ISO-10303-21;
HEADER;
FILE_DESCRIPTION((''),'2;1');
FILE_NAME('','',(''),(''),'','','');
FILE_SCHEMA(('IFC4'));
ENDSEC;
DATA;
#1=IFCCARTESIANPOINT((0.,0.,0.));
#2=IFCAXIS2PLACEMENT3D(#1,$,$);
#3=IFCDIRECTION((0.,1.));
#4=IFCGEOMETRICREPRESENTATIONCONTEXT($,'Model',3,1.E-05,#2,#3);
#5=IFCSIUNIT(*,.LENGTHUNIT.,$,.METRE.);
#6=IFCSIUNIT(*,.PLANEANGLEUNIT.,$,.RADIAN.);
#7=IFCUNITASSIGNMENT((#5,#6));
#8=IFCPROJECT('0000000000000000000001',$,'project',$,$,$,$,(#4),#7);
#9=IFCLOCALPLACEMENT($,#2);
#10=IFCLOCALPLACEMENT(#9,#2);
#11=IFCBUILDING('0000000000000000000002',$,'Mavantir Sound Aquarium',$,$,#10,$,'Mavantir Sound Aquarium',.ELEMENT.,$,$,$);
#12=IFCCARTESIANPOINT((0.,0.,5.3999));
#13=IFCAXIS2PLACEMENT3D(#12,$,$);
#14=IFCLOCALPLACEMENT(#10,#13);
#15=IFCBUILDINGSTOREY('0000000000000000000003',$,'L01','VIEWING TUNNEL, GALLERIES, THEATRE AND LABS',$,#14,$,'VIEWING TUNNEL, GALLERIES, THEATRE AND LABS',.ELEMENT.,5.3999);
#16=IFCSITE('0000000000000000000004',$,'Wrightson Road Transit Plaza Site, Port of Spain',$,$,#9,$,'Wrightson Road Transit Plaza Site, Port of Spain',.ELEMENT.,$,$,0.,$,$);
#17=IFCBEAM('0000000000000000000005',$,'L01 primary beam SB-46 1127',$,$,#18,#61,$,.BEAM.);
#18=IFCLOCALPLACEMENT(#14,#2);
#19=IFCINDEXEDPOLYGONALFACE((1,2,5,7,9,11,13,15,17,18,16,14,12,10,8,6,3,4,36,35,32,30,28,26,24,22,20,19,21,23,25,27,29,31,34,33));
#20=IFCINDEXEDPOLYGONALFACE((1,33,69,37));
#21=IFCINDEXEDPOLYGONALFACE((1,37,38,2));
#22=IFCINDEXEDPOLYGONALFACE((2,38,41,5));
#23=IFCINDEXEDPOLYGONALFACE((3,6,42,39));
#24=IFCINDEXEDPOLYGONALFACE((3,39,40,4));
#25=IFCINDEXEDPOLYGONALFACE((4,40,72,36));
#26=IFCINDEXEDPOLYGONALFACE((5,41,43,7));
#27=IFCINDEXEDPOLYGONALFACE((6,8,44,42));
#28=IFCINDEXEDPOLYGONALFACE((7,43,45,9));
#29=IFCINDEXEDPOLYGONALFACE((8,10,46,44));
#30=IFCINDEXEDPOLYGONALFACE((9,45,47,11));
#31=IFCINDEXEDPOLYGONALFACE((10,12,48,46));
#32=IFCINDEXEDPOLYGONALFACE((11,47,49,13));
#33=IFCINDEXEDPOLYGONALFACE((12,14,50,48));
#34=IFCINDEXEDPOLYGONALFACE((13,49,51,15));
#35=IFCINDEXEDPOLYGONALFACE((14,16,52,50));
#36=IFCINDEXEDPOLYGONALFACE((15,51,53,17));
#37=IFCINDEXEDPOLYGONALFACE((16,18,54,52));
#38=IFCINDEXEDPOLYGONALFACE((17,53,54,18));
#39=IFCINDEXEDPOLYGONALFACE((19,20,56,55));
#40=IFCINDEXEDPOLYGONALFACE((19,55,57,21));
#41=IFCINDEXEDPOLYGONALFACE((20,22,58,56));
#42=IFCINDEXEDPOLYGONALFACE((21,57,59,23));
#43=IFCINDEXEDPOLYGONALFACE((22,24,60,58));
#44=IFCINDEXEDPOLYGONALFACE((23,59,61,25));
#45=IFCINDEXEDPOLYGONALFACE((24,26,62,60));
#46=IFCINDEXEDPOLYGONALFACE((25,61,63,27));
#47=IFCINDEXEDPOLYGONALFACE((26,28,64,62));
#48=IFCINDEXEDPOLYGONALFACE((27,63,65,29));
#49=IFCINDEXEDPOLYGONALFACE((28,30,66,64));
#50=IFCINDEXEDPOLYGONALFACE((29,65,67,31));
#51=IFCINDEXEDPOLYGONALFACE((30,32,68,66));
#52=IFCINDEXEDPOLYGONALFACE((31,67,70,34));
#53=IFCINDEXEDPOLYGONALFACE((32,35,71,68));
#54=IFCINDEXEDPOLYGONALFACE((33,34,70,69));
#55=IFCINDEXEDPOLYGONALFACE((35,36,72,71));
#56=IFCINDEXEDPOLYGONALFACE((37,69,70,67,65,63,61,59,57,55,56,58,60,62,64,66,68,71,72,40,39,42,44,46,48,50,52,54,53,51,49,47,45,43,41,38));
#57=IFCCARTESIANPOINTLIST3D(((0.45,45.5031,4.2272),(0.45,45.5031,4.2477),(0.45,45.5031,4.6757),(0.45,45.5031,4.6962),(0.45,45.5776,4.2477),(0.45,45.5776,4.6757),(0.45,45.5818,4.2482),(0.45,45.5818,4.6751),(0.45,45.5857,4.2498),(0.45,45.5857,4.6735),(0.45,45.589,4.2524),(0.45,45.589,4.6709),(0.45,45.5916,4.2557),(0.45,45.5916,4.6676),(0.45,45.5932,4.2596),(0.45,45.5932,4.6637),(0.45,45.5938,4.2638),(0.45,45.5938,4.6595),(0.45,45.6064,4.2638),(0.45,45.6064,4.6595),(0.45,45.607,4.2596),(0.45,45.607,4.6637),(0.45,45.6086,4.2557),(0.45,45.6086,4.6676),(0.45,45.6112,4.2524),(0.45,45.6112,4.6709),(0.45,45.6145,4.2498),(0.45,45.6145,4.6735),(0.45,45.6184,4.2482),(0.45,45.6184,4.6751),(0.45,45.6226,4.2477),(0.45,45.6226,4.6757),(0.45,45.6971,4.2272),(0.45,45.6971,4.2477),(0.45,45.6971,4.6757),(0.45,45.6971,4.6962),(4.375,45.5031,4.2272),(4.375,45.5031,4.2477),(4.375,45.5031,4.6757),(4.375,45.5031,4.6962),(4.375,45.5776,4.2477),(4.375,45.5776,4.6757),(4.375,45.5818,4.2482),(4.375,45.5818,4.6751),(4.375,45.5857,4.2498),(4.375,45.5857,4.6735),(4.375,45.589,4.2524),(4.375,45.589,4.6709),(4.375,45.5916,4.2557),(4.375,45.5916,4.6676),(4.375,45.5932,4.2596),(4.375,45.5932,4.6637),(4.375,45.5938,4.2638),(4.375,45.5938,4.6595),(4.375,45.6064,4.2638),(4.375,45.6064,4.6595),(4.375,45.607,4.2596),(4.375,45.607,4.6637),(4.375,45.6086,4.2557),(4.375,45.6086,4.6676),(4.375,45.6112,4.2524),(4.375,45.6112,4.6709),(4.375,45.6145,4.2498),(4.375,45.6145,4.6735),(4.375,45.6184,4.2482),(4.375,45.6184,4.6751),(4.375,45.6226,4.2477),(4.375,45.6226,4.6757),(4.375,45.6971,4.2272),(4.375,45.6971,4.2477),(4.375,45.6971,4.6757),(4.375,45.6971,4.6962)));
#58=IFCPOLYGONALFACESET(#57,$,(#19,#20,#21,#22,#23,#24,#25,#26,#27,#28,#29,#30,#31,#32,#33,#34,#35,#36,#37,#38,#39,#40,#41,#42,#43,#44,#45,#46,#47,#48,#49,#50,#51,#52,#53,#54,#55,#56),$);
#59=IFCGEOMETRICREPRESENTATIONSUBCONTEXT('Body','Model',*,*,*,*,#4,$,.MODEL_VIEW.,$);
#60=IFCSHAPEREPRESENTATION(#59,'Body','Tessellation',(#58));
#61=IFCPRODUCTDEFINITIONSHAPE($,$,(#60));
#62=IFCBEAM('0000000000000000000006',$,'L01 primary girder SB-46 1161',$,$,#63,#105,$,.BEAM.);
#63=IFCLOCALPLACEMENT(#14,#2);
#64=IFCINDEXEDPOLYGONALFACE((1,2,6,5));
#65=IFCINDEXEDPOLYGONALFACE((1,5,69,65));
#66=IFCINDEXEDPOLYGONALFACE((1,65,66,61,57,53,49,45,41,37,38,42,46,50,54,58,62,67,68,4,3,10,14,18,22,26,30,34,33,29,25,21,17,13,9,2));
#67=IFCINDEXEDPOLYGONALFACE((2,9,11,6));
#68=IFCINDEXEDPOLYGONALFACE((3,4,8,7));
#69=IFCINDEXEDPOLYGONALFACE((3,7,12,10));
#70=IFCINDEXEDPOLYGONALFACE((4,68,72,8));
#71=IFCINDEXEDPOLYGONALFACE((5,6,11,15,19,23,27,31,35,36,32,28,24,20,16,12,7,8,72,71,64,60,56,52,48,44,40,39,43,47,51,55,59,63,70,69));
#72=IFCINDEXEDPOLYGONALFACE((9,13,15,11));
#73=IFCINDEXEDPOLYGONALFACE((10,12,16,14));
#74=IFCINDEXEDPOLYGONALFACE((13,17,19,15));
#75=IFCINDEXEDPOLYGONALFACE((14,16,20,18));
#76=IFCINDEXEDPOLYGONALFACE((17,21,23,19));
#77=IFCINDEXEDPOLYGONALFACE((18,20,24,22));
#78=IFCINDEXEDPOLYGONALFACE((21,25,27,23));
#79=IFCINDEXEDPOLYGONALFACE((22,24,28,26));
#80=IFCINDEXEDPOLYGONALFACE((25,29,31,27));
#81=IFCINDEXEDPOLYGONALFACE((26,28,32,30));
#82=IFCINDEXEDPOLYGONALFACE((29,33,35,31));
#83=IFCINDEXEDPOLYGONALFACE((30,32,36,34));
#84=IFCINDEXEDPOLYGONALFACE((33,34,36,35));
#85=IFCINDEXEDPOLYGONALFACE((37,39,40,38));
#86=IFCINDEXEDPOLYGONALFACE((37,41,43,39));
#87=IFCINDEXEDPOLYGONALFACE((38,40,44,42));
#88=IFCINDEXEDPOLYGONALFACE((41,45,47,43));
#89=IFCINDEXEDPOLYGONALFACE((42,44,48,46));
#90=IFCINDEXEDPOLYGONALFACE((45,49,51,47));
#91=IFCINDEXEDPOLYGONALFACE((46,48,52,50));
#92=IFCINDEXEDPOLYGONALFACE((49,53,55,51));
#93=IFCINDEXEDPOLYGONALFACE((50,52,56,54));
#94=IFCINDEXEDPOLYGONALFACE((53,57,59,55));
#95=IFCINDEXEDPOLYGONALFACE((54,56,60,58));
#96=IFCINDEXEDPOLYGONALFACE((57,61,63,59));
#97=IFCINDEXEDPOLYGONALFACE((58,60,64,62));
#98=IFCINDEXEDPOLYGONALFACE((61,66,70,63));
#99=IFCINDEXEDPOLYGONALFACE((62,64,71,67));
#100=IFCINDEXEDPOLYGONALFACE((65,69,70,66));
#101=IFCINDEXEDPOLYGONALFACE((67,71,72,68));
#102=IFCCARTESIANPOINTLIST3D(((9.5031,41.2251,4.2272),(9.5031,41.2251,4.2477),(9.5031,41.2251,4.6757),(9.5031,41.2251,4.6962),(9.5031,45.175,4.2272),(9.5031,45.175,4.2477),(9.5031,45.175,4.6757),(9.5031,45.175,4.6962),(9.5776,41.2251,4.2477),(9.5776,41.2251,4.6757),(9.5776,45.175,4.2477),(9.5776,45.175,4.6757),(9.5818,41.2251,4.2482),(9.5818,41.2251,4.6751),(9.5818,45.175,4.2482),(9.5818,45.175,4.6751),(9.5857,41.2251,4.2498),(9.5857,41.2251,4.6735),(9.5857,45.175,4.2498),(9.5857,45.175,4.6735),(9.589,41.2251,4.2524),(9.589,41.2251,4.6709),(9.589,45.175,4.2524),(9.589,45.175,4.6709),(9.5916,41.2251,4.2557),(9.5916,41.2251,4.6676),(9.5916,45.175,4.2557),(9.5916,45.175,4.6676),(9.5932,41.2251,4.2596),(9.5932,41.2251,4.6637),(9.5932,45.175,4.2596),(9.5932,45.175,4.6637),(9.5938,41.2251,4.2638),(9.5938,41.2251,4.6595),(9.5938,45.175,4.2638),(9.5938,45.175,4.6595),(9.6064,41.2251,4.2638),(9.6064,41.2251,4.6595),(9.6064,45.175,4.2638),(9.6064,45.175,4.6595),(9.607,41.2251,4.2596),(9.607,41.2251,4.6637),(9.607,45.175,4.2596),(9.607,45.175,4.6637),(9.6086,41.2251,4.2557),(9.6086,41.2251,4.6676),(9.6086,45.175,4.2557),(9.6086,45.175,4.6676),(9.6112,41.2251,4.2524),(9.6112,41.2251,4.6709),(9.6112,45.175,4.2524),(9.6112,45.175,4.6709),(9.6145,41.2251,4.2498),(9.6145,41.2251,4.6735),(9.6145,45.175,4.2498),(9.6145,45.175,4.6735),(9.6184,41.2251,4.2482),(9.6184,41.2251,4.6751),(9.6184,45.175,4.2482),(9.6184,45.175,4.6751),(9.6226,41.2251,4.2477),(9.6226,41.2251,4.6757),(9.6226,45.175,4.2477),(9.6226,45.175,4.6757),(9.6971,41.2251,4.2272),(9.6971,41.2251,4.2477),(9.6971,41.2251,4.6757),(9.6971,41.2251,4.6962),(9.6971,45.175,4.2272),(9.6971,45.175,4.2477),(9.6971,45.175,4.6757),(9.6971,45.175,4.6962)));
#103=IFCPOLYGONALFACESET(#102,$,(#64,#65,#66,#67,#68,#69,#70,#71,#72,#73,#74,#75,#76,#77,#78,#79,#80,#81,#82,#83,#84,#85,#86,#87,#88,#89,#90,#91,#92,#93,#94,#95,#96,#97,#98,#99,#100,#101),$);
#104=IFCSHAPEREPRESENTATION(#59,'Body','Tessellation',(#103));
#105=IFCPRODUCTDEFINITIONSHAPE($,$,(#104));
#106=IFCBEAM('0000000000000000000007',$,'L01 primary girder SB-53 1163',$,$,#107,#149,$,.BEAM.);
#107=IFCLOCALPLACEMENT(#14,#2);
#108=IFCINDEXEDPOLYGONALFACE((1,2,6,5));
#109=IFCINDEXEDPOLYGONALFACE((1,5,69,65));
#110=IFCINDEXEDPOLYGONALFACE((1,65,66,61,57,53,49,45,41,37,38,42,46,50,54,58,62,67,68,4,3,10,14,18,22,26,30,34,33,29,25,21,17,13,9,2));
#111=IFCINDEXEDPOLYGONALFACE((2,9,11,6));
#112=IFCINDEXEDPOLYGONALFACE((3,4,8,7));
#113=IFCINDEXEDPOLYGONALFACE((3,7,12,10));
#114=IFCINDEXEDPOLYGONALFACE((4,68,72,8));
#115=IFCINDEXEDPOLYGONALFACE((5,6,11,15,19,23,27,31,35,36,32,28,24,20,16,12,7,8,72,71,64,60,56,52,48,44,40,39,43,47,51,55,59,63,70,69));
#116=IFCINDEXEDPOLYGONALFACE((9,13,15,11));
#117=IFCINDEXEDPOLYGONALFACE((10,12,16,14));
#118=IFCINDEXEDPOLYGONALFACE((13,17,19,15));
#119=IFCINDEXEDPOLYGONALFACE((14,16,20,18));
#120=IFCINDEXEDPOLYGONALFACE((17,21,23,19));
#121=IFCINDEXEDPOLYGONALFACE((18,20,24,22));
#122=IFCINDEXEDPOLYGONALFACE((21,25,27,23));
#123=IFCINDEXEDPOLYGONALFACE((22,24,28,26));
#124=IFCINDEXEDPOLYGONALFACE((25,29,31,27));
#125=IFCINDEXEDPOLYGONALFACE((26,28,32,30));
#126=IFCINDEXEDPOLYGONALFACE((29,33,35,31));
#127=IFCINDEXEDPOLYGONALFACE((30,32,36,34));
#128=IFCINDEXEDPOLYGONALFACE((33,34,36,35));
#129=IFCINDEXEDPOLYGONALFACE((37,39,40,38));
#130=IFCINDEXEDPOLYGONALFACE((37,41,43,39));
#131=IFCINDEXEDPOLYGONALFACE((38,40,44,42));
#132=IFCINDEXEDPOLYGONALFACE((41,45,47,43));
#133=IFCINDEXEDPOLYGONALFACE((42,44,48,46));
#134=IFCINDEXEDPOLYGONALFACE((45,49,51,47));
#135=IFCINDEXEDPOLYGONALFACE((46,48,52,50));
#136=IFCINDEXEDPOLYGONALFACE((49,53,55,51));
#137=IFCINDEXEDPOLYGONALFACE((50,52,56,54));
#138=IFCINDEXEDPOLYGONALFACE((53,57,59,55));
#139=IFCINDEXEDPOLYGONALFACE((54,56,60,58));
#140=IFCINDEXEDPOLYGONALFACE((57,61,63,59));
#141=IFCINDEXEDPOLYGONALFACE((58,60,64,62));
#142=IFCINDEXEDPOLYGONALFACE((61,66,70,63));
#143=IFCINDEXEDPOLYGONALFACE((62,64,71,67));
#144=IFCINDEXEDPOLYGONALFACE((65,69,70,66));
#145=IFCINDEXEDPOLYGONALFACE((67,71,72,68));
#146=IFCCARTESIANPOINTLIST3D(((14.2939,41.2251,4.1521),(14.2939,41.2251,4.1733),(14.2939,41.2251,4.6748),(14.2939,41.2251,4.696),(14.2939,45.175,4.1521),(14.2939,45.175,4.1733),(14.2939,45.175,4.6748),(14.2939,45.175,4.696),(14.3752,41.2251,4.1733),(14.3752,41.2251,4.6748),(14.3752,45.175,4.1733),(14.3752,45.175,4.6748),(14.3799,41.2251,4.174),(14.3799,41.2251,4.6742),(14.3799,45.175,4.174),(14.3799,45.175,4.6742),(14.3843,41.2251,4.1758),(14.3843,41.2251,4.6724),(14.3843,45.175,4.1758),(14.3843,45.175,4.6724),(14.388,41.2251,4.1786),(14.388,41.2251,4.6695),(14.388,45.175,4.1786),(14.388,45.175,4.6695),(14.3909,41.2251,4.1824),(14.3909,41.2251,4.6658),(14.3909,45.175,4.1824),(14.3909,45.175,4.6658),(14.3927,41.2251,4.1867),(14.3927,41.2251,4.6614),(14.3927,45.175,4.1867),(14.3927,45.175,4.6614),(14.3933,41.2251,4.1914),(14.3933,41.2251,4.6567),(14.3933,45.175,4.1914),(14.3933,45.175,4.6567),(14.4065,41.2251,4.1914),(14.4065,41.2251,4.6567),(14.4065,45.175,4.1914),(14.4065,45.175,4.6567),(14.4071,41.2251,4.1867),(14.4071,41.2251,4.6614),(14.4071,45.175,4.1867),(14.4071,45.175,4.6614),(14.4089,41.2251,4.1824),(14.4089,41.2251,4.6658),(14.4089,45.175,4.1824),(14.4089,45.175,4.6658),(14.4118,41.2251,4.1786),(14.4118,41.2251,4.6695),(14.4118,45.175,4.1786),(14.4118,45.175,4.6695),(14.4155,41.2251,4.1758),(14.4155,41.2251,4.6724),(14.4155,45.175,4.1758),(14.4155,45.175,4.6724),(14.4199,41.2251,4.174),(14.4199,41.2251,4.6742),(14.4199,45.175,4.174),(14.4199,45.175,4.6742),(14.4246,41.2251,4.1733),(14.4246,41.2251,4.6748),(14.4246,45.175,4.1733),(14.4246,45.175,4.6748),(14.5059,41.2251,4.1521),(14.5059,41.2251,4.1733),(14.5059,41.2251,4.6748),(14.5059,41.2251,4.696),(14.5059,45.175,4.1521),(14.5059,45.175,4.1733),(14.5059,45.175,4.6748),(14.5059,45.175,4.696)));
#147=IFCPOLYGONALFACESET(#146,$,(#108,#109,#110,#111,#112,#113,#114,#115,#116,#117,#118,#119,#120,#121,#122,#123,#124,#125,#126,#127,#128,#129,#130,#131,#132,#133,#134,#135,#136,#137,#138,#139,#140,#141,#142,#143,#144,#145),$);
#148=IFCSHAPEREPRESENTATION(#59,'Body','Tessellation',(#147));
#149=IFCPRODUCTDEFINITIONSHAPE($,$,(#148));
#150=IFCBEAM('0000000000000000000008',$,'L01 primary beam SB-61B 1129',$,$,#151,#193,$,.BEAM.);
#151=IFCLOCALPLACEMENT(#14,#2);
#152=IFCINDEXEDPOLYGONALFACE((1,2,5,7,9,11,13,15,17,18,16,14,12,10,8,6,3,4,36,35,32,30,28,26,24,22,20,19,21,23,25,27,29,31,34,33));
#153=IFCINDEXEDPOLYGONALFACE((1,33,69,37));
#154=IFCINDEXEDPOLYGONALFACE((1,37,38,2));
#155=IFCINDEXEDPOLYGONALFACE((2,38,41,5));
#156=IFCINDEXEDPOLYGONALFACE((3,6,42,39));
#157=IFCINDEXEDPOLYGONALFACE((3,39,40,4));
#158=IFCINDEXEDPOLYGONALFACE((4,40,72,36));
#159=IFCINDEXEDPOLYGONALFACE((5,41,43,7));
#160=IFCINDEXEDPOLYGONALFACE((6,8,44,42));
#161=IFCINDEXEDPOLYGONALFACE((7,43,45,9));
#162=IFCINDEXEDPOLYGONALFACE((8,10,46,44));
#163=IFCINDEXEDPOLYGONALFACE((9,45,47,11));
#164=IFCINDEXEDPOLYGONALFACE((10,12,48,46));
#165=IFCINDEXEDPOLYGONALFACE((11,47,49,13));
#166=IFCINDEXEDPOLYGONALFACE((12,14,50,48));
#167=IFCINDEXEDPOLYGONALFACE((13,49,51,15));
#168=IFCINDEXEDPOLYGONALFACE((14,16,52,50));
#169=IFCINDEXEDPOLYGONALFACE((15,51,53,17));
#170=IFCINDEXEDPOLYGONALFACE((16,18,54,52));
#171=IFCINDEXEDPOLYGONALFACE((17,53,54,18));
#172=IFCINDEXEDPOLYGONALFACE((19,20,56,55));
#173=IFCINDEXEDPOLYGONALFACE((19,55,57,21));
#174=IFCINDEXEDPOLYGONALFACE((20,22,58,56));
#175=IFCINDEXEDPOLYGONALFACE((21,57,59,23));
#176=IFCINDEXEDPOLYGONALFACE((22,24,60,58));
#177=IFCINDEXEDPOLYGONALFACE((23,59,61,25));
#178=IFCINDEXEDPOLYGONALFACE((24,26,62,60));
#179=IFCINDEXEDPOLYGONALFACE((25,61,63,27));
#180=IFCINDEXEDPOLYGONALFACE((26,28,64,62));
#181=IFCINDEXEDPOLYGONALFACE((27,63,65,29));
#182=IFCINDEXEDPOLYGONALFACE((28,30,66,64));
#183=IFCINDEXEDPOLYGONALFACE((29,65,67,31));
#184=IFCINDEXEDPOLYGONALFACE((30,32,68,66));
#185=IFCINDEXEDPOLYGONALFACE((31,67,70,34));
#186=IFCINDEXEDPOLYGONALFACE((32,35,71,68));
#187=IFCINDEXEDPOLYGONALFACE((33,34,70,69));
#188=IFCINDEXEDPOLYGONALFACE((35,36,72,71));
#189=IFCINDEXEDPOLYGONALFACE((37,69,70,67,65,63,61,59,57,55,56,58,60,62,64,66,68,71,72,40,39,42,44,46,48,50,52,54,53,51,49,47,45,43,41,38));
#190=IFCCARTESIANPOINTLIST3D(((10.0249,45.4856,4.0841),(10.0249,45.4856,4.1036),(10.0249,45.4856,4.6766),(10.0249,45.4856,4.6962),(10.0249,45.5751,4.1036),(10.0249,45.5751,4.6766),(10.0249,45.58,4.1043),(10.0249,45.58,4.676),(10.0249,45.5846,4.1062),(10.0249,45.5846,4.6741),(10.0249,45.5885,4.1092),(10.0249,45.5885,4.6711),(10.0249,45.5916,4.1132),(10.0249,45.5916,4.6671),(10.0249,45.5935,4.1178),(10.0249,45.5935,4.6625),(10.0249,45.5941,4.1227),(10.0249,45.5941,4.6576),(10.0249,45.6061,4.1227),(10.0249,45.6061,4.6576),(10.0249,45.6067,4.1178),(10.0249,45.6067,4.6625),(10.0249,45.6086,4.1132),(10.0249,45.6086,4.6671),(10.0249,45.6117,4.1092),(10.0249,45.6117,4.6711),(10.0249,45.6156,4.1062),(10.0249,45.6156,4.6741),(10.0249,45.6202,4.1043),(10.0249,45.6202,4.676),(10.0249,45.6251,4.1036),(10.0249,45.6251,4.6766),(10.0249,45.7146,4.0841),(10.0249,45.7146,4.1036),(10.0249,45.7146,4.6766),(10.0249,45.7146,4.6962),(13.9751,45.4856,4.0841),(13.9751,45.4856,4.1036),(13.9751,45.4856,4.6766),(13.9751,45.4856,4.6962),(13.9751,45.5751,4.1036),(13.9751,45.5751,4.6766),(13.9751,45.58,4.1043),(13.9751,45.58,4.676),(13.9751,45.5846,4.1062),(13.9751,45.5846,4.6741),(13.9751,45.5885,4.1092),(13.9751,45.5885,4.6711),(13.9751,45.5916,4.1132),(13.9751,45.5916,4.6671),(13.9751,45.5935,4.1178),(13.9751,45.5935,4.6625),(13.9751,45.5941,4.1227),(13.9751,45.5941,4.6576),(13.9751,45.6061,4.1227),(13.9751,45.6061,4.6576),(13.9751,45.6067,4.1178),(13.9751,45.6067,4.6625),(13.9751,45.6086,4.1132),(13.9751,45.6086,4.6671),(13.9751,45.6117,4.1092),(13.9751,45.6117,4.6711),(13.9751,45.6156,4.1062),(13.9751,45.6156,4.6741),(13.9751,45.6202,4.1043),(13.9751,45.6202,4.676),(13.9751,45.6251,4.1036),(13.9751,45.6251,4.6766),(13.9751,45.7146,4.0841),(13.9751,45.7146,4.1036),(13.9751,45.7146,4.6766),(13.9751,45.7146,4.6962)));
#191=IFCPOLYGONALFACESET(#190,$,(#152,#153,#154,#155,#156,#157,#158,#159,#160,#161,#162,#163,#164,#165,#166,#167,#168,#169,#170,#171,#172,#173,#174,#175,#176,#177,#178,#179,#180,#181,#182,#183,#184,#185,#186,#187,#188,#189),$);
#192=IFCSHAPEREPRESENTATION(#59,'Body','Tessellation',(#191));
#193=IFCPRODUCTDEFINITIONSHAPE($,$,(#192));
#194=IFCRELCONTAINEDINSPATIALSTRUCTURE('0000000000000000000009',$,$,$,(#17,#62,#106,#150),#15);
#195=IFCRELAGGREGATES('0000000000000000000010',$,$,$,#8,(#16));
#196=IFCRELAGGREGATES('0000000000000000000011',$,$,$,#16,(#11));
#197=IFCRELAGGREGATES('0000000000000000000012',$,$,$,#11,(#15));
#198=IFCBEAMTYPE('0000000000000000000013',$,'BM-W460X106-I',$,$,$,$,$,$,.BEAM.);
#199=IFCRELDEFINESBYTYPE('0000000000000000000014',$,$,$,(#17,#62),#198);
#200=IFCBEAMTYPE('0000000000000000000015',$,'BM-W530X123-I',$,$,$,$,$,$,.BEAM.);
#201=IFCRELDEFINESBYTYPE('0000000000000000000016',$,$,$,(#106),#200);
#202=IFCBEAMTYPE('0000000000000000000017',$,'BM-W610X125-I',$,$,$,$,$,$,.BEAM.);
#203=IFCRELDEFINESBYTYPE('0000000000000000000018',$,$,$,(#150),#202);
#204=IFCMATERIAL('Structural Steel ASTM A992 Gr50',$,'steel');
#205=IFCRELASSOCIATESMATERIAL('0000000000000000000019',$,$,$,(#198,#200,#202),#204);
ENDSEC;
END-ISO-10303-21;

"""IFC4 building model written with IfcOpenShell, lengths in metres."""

from ifc_helpers import new_model, si_unit, direction, frame, origin, origin_2d, place, context, subcontext, project, spatial, i_section, extrude, material, material_profile, profile_set, type_object, element, save


model = new_model("IFC4")

# Units and contexts
model_context = context("Model", 3, precision=1e-05, world=origin(), true_north=direction((0.0, 1.0)))
body_context = subcontext(model_context, "Body", "Model", "MODEL_VIEW")
ifc_project = project(units=[si_unit("LENGTHUNIT", "METRE"), si_unit("PLANEANGLEUNIT", "RADIAN")], contexts=[model_context])

# Site, building, storey
site_placement = place(None, origin())
site = spatial("IfcSite", under=ifc_project, at=site_placement, Name="Wrightson Road Transit Plaza Site, Port of Spain", LongName="Wrightson Road Transit Plaza Site, Port of Spain", CompositionType="ELEMENT", RefElevation=0.0)
building_placement = place(site_placement, origin())
building = spatial("IfcBuilding", under=site, at=building_placement, Name="Mavantir Sound Aquarium", LongName="Mavantir Sound Aquarium", CompositionType="ELEMENT")
storey_placement = place(building_placement, frame((0.0, 0.0, 5.3999)))
storey = spatial("IfcBuildingStorey", under=building, at=storey_placement, Name="L01", Description="VIEWING TUNNEL, GALLERIES, THEATRE AND LABS", LongName="VIEWING TUNNEL, GALLERIES, THEATRE AND LABS", CompositionType="ELEMENT", Elevation=5.3999)

# Beams
ifc_material_1 = material(Name="Structural Steel ASTM A992 Gr50", Category="steel")
ifc_material_profile_1 = material_profile(ifc_material_1, i_section(OverallWidth=0.1941, OverallDepth=0.469, WebThickness=0.0127, FlangeThickness=0.0205, FilletRadius=0.0161, at=origin_2d()), Name="W460X106")
ifc_profile_set_1 = profile_set([ifc_material_profile_1], Name="Structural Steel ASTM A992 Gr50")
beam_type_1 = type_object("IfcBeamType", Name="BM-W460X106-I", PredefinedType="BEAM", material=ifc_profile_set_1)
beam_1_placement = place(storey_placement, frame((0.45, 45.6001, 4.4617), z_axis=(1.0, 0.0, 0.0), x_axis=(0.0, 1.0, 0.0)))
element("IfcBeam", 1, at=beam_1_placement, inside=storey, type_object=beam_type_1, Name="L01 primary beam SB-46 1127", PredefinedType="BEAM", context=body_context, shape_type="SweptSolid", body=[
    extrude(i_section(OverallWidth=0.1941, OverallDepth=0.469, WebThickness=0.0127, FlangeThickness=0.0205, FilletRadius=0.0161, at=origin_2d()), origin(), (0.0, 0.0, 1.0), 3.925),
])
beam_2_placement = place(storey_placement, frame((9.6001, 41.2251, 4.4617), z_axis=(0.0, 1.0, 0.0), x_axis=(-1.0, 0.0, 0.0)))
element("IfcBeam", 2, at=beam_2_placement, inside=storey, type_object=beam_type_1, Name="L01 primary girder SB-46 1161", PredefinedType="BEAM", context=body_context, shape_type="SweptSolid", body=[
    extrude(i_section(OverallWidth=0.1941, OverallDepth=0.469, WebThickness=0.0127, FlangeThickness=0.0205, FilletRadius=0.0161, at=origin_2d()), origin(), (0.0, 0.0, 1.0), 3.95),
])
ifc_material_profile_2 = material_profile(ifc_material_1, i_section(OverallWidth=0.2119, OverallDepth=0.5439, WebThickness=0.0132, FlangeThickness=0.0212, FilletRadius=0.0181, at=origin_2d()), Name="W530X123")
ifc_profile_set_2 = profile_set([ifc_material_profile_2], Name="Structural Steel ASTM A992 Gr50")
beam_type_2 = type_object("IfcBeamType", Name="BM-W530X123-I", PredefinedType="BEAM", material=ifc_profile_set_2)
beam_3_placement = place(storey_placement, frame((14.3999, 41.2251, 4.4241), z_axis=(0.0, 1.0, 0.0), x_axis=(-1.0, 0.0, 0.0)))
element("IfcBeam", 3, at=beam_3_placement, inside=storey, type_object=beam_type_2, Name="L01 primary girder SB-53 1163", PredefinedType="BEAM", context=body_context, shape_type="SweptSolid", body=[
    extrude(i_section(OverallWidth=0.2119, OverallDepth=0.5439, WebThickness=0.0132, FlangeThickness=0.0212, FilletRadius=0.0181, at=origin_2d()), origin(), (0.0, 0.0, 1.0), 3.95),
])
ifc_material_profile_3 = material_profile(ifc_material_1, i_section(OverallWidth=0.229, OverallDepth=0.6121, WebThickness=0.012, FlangeThickness=0.0195, FilletRadius=0.019, at=origin_2d()), Name="W610X125")
ifc_profile_set_3 = profile_set([ifc_material_profile_3], Name="Structural Steel ASTM A992 Gr50")
beam_type_3 = type_object("IfcBeamType", Name="BM-W610X125-I", PredefinedType="BEAM", material=ifc_profile_set_3)
beam_4_placement = place(storey_placement, frame((10.0249, 45.6001, 4.3901), z_axis=(1.0, 0.0, 0.0), x_axis=(0.0, 1.0, 0.0)))
element("IfcBeam", 4, at=beam_4_placement, inside=storey, type_object=beam_type_3, Name="L01 primary beam SB-61B 1129", PredefinedType="BEAM", context=body_context, shape_type="SweptSolid", body=[
    extrude(i_section(OverallWidth=0.229, OverallDepth=0.6121, WebThickness=0.012, FlangeThickness=0.0195, FilletRadius=0.019, at=origin_2d()), origin(), (0.0, 0.0, 1.0), 3.9502),
])

save(model, "model.ifc")
